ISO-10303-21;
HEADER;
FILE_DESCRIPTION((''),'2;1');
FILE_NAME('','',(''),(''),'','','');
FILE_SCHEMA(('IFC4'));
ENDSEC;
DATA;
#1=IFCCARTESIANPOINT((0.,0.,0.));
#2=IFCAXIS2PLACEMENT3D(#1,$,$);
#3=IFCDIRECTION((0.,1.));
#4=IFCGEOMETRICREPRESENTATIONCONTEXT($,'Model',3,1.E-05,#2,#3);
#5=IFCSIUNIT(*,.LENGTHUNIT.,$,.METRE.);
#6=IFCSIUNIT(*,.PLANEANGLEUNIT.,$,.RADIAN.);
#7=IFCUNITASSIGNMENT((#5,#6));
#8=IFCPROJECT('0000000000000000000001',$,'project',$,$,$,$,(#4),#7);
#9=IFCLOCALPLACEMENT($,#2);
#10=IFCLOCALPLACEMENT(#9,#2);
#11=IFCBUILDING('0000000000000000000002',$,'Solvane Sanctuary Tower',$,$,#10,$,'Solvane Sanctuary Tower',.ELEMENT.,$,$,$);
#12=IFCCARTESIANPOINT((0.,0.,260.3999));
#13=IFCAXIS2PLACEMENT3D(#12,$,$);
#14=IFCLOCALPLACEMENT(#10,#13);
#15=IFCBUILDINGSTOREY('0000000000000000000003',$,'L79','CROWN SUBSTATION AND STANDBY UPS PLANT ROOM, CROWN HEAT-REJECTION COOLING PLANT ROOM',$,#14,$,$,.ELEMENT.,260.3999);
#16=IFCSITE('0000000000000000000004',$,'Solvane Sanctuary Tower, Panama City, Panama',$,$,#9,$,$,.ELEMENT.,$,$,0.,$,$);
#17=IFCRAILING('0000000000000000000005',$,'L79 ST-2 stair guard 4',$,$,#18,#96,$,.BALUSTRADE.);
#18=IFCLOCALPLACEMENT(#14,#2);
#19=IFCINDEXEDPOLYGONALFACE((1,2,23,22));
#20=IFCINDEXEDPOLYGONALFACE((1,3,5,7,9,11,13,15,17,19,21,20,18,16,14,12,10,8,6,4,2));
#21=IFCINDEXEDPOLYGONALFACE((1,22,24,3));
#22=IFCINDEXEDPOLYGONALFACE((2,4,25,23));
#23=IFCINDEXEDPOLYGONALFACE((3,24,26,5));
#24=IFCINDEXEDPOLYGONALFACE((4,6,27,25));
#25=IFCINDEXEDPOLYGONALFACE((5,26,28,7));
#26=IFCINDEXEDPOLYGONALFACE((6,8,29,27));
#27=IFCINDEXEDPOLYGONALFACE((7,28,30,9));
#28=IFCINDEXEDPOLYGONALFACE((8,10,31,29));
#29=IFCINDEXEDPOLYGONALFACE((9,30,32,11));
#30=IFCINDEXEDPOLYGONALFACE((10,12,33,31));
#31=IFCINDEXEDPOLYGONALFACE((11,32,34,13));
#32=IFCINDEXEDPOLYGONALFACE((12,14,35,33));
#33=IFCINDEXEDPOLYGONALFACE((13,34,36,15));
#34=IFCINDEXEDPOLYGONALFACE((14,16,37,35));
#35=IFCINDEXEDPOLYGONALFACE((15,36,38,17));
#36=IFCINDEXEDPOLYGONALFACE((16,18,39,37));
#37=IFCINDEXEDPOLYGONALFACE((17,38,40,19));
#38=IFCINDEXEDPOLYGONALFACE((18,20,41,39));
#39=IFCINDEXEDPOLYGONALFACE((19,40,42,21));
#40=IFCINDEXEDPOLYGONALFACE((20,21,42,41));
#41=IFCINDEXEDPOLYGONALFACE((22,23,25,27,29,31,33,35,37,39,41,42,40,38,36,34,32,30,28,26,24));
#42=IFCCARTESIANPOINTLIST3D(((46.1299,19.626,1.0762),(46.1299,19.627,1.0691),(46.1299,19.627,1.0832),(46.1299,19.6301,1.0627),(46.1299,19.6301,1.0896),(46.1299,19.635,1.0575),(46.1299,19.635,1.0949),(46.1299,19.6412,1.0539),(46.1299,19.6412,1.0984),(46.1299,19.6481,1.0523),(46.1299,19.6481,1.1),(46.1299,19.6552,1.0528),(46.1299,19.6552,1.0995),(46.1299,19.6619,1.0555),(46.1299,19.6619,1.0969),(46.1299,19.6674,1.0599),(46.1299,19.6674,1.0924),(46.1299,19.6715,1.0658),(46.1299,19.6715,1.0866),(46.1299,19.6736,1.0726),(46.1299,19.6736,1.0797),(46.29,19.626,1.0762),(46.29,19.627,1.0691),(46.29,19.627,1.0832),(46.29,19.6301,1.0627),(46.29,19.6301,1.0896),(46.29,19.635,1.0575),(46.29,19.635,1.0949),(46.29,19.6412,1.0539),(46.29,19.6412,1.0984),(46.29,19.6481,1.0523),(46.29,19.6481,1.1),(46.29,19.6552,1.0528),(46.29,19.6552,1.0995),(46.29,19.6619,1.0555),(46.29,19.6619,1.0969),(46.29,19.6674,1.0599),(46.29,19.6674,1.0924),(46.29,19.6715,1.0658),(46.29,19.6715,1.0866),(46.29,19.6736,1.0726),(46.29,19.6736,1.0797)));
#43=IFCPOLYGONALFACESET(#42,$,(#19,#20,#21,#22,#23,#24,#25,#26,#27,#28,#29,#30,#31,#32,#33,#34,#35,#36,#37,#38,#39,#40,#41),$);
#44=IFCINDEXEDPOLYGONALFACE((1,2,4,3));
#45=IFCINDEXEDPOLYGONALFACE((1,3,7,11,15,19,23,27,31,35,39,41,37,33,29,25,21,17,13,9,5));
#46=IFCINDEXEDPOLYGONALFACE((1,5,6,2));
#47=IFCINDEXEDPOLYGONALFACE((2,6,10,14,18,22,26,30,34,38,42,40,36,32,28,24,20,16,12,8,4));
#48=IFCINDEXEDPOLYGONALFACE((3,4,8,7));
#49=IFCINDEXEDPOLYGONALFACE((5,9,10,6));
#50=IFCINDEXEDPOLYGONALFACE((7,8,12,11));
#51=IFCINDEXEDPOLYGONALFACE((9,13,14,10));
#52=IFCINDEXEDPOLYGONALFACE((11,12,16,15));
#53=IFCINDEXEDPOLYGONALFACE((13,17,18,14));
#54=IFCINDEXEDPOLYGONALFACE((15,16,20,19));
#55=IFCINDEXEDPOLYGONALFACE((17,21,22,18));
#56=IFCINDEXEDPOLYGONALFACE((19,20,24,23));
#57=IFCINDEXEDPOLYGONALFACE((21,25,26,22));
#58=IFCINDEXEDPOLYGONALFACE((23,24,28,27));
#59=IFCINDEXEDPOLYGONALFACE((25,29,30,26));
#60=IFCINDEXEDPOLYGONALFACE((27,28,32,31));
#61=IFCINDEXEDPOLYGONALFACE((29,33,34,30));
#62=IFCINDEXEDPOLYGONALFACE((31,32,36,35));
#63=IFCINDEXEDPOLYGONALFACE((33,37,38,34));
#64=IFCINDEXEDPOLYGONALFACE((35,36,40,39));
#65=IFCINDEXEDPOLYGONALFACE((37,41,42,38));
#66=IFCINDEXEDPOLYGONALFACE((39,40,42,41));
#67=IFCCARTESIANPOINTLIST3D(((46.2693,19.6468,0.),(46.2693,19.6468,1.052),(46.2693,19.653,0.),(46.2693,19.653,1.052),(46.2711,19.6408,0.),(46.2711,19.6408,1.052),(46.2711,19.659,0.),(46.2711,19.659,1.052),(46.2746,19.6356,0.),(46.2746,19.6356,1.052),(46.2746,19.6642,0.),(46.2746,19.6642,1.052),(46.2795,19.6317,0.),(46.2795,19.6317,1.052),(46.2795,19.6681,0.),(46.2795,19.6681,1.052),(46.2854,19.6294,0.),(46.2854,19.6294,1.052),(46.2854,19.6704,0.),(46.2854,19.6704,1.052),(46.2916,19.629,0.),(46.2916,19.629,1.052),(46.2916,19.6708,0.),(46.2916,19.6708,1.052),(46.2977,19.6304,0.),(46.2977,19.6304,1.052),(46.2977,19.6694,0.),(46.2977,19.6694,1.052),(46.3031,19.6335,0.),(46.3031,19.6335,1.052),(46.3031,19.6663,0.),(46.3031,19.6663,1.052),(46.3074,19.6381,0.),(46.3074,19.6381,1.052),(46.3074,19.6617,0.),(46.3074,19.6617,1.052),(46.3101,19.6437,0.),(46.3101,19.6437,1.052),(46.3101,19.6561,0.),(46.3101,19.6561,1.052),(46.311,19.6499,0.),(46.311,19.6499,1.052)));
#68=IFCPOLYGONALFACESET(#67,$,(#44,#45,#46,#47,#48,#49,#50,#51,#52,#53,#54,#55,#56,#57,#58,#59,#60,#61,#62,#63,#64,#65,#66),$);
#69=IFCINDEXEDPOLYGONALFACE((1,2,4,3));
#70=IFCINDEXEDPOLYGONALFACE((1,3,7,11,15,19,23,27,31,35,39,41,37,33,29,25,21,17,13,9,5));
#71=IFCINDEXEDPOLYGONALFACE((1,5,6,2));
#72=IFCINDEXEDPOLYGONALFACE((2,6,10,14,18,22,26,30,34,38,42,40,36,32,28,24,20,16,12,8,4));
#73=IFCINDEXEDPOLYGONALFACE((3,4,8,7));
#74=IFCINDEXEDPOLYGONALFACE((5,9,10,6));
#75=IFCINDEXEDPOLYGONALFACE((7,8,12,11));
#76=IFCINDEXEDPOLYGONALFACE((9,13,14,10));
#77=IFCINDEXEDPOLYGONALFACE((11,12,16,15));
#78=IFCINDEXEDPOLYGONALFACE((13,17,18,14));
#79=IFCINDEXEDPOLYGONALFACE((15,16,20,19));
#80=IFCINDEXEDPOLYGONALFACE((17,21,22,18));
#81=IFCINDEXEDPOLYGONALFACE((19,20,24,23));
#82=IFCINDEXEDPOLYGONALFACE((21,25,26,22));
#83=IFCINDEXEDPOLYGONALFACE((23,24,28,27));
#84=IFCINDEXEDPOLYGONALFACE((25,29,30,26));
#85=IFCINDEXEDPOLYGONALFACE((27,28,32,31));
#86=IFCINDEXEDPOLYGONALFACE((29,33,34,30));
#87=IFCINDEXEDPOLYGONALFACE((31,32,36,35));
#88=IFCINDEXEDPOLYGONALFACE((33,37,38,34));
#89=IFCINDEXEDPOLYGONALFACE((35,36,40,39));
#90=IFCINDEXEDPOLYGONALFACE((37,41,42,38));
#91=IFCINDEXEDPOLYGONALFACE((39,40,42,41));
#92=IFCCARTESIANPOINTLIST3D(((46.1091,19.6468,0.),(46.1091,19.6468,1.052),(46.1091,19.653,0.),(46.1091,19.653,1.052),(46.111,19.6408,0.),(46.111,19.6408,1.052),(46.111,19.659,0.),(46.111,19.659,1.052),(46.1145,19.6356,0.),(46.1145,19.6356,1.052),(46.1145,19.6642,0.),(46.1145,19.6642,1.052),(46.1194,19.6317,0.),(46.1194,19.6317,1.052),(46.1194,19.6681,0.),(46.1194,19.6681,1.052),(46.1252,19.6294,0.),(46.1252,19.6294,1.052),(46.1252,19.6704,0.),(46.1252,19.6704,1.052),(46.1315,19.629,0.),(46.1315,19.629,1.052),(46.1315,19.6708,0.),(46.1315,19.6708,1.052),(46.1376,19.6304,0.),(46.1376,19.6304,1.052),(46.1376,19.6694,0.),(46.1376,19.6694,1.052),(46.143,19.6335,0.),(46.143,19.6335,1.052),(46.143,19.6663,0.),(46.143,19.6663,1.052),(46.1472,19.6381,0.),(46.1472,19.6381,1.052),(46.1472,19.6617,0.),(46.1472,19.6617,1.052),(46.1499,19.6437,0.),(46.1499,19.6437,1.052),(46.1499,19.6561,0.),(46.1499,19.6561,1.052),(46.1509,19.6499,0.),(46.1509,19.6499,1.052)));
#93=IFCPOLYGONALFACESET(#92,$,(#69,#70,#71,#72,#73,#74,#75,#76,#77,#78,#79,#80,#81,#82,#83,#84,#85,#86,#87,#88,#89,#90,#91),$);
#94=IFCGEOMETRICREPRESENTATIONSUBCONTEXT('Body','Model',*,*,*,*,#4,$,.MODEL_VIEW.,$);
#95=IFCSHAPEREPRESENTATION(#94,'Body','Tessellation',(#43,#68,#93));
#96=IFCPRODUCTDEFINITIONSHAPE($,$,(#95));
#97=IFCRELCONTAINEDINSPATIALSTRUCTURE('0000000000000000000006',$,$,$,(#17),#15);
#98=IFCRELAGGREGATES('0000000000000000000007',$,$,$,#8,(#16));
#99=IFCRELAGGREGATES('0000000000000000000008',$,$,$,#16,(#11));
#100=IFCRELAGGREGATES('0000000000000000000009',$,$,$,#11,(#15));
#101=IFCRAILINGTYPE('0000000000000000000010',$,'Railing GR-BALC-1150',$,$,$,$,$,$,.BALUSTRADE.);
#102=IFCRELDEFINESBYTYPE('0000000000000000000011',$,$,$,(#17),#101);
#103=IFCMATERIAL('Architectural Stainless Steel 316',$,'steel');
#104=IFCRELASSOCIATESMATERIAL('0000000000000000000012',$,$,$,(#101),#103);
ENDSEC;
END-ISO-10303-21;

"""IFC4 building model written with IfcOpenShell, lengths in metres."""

from ifc_helpers import new_model, si_unit, direction, frame, origin, origin_2d, place, context, subcontext, project, spatial, circle, extrude, material, type_object, element, save


model = new_model("IFC4")

# Units and contexts
model_context = context("Model", 3, precision=1e-05, world=origin(), true_north=direction((0.0, 1.0)))
body_context = subcontext(model_context, "Body", "Model", "MODEL_VIEW")
ifc_project = project(units=[si_unit("LENGTHUNIT", "METRE"), si_unit("PLANEANGLEUNIT", "RADIAN")], contexts=[model_context])

# Site, building, storey
site_placement = place(None, origin())
site = spatial("IfcSite", under=ifc_project, at=site_placement, Name="Solvane Sanctuary Tower, Panama City, Panama", CompositionType="ELEMENT", RefElevation=0.0)
building_placement = place(site_placement, origin())
building = spatial("IfcBuilding", under=site, at=building_placement, Name="Solvane Sanctuary Tower", LongName="Solvane Sanctuary Tower", CompositionType="ELEMENT")
storey_placement = place(building_placement, frame((0.0, 0.0, 260.3999)))
storey = spatial("IfcBuildingStorey", under=building, at=storey_placement, Name="L79", Description="CROWN SUBSTATION AND STANDBY UPS PLANT ROOM, CROWN HEAT-REJECTION COOLING PLANT ROOM", CompositionType="ELEMENT", Elevation=260.3999)

# Shared definitions
ifc_material_1 = material(Name="Architectural Stainless Steel 316", Category="steel")

# Railing
railing_type_1 = type_object("IfcRailingType", Name="Railing GR-BALC-1150", PredefinedType="BALUSTRADE", material=ifc_material_1)
railing_1_placement = place(storey_placement, frame((46.29, 19.6499, 0.0)))
element("IfcRailing", 1, at=railing_1_placement, inside=storey, type_object=railing_type_1, Name="L79 ST-2 stair guard 4", PredefinedType="BALUSTRADE", context=body_context, shape_type="SweptSolid", body=[
    extrude(circle(Radius=0.0239, at=origin_2d()), frame((0.0, 0.0, 1.0762), z_axis=(-1.0, 0.0, 0.0), x_axis=(0.0, -1.0, 0.0)), (0.0, 0.0, 1.0), 0.1602),
    extrude(circle(Radius=0.021, at=origin_2d()), origin(), (0.0, 0.0, 1.0), 1.052),
    extrude(circle(Radius=0.021, at=origin_2d()), frame((-0.1602, 0.0, 0.0)), (0.0, 0.0, 1.0), 1.052),
])

save(model, "model.ifc")
